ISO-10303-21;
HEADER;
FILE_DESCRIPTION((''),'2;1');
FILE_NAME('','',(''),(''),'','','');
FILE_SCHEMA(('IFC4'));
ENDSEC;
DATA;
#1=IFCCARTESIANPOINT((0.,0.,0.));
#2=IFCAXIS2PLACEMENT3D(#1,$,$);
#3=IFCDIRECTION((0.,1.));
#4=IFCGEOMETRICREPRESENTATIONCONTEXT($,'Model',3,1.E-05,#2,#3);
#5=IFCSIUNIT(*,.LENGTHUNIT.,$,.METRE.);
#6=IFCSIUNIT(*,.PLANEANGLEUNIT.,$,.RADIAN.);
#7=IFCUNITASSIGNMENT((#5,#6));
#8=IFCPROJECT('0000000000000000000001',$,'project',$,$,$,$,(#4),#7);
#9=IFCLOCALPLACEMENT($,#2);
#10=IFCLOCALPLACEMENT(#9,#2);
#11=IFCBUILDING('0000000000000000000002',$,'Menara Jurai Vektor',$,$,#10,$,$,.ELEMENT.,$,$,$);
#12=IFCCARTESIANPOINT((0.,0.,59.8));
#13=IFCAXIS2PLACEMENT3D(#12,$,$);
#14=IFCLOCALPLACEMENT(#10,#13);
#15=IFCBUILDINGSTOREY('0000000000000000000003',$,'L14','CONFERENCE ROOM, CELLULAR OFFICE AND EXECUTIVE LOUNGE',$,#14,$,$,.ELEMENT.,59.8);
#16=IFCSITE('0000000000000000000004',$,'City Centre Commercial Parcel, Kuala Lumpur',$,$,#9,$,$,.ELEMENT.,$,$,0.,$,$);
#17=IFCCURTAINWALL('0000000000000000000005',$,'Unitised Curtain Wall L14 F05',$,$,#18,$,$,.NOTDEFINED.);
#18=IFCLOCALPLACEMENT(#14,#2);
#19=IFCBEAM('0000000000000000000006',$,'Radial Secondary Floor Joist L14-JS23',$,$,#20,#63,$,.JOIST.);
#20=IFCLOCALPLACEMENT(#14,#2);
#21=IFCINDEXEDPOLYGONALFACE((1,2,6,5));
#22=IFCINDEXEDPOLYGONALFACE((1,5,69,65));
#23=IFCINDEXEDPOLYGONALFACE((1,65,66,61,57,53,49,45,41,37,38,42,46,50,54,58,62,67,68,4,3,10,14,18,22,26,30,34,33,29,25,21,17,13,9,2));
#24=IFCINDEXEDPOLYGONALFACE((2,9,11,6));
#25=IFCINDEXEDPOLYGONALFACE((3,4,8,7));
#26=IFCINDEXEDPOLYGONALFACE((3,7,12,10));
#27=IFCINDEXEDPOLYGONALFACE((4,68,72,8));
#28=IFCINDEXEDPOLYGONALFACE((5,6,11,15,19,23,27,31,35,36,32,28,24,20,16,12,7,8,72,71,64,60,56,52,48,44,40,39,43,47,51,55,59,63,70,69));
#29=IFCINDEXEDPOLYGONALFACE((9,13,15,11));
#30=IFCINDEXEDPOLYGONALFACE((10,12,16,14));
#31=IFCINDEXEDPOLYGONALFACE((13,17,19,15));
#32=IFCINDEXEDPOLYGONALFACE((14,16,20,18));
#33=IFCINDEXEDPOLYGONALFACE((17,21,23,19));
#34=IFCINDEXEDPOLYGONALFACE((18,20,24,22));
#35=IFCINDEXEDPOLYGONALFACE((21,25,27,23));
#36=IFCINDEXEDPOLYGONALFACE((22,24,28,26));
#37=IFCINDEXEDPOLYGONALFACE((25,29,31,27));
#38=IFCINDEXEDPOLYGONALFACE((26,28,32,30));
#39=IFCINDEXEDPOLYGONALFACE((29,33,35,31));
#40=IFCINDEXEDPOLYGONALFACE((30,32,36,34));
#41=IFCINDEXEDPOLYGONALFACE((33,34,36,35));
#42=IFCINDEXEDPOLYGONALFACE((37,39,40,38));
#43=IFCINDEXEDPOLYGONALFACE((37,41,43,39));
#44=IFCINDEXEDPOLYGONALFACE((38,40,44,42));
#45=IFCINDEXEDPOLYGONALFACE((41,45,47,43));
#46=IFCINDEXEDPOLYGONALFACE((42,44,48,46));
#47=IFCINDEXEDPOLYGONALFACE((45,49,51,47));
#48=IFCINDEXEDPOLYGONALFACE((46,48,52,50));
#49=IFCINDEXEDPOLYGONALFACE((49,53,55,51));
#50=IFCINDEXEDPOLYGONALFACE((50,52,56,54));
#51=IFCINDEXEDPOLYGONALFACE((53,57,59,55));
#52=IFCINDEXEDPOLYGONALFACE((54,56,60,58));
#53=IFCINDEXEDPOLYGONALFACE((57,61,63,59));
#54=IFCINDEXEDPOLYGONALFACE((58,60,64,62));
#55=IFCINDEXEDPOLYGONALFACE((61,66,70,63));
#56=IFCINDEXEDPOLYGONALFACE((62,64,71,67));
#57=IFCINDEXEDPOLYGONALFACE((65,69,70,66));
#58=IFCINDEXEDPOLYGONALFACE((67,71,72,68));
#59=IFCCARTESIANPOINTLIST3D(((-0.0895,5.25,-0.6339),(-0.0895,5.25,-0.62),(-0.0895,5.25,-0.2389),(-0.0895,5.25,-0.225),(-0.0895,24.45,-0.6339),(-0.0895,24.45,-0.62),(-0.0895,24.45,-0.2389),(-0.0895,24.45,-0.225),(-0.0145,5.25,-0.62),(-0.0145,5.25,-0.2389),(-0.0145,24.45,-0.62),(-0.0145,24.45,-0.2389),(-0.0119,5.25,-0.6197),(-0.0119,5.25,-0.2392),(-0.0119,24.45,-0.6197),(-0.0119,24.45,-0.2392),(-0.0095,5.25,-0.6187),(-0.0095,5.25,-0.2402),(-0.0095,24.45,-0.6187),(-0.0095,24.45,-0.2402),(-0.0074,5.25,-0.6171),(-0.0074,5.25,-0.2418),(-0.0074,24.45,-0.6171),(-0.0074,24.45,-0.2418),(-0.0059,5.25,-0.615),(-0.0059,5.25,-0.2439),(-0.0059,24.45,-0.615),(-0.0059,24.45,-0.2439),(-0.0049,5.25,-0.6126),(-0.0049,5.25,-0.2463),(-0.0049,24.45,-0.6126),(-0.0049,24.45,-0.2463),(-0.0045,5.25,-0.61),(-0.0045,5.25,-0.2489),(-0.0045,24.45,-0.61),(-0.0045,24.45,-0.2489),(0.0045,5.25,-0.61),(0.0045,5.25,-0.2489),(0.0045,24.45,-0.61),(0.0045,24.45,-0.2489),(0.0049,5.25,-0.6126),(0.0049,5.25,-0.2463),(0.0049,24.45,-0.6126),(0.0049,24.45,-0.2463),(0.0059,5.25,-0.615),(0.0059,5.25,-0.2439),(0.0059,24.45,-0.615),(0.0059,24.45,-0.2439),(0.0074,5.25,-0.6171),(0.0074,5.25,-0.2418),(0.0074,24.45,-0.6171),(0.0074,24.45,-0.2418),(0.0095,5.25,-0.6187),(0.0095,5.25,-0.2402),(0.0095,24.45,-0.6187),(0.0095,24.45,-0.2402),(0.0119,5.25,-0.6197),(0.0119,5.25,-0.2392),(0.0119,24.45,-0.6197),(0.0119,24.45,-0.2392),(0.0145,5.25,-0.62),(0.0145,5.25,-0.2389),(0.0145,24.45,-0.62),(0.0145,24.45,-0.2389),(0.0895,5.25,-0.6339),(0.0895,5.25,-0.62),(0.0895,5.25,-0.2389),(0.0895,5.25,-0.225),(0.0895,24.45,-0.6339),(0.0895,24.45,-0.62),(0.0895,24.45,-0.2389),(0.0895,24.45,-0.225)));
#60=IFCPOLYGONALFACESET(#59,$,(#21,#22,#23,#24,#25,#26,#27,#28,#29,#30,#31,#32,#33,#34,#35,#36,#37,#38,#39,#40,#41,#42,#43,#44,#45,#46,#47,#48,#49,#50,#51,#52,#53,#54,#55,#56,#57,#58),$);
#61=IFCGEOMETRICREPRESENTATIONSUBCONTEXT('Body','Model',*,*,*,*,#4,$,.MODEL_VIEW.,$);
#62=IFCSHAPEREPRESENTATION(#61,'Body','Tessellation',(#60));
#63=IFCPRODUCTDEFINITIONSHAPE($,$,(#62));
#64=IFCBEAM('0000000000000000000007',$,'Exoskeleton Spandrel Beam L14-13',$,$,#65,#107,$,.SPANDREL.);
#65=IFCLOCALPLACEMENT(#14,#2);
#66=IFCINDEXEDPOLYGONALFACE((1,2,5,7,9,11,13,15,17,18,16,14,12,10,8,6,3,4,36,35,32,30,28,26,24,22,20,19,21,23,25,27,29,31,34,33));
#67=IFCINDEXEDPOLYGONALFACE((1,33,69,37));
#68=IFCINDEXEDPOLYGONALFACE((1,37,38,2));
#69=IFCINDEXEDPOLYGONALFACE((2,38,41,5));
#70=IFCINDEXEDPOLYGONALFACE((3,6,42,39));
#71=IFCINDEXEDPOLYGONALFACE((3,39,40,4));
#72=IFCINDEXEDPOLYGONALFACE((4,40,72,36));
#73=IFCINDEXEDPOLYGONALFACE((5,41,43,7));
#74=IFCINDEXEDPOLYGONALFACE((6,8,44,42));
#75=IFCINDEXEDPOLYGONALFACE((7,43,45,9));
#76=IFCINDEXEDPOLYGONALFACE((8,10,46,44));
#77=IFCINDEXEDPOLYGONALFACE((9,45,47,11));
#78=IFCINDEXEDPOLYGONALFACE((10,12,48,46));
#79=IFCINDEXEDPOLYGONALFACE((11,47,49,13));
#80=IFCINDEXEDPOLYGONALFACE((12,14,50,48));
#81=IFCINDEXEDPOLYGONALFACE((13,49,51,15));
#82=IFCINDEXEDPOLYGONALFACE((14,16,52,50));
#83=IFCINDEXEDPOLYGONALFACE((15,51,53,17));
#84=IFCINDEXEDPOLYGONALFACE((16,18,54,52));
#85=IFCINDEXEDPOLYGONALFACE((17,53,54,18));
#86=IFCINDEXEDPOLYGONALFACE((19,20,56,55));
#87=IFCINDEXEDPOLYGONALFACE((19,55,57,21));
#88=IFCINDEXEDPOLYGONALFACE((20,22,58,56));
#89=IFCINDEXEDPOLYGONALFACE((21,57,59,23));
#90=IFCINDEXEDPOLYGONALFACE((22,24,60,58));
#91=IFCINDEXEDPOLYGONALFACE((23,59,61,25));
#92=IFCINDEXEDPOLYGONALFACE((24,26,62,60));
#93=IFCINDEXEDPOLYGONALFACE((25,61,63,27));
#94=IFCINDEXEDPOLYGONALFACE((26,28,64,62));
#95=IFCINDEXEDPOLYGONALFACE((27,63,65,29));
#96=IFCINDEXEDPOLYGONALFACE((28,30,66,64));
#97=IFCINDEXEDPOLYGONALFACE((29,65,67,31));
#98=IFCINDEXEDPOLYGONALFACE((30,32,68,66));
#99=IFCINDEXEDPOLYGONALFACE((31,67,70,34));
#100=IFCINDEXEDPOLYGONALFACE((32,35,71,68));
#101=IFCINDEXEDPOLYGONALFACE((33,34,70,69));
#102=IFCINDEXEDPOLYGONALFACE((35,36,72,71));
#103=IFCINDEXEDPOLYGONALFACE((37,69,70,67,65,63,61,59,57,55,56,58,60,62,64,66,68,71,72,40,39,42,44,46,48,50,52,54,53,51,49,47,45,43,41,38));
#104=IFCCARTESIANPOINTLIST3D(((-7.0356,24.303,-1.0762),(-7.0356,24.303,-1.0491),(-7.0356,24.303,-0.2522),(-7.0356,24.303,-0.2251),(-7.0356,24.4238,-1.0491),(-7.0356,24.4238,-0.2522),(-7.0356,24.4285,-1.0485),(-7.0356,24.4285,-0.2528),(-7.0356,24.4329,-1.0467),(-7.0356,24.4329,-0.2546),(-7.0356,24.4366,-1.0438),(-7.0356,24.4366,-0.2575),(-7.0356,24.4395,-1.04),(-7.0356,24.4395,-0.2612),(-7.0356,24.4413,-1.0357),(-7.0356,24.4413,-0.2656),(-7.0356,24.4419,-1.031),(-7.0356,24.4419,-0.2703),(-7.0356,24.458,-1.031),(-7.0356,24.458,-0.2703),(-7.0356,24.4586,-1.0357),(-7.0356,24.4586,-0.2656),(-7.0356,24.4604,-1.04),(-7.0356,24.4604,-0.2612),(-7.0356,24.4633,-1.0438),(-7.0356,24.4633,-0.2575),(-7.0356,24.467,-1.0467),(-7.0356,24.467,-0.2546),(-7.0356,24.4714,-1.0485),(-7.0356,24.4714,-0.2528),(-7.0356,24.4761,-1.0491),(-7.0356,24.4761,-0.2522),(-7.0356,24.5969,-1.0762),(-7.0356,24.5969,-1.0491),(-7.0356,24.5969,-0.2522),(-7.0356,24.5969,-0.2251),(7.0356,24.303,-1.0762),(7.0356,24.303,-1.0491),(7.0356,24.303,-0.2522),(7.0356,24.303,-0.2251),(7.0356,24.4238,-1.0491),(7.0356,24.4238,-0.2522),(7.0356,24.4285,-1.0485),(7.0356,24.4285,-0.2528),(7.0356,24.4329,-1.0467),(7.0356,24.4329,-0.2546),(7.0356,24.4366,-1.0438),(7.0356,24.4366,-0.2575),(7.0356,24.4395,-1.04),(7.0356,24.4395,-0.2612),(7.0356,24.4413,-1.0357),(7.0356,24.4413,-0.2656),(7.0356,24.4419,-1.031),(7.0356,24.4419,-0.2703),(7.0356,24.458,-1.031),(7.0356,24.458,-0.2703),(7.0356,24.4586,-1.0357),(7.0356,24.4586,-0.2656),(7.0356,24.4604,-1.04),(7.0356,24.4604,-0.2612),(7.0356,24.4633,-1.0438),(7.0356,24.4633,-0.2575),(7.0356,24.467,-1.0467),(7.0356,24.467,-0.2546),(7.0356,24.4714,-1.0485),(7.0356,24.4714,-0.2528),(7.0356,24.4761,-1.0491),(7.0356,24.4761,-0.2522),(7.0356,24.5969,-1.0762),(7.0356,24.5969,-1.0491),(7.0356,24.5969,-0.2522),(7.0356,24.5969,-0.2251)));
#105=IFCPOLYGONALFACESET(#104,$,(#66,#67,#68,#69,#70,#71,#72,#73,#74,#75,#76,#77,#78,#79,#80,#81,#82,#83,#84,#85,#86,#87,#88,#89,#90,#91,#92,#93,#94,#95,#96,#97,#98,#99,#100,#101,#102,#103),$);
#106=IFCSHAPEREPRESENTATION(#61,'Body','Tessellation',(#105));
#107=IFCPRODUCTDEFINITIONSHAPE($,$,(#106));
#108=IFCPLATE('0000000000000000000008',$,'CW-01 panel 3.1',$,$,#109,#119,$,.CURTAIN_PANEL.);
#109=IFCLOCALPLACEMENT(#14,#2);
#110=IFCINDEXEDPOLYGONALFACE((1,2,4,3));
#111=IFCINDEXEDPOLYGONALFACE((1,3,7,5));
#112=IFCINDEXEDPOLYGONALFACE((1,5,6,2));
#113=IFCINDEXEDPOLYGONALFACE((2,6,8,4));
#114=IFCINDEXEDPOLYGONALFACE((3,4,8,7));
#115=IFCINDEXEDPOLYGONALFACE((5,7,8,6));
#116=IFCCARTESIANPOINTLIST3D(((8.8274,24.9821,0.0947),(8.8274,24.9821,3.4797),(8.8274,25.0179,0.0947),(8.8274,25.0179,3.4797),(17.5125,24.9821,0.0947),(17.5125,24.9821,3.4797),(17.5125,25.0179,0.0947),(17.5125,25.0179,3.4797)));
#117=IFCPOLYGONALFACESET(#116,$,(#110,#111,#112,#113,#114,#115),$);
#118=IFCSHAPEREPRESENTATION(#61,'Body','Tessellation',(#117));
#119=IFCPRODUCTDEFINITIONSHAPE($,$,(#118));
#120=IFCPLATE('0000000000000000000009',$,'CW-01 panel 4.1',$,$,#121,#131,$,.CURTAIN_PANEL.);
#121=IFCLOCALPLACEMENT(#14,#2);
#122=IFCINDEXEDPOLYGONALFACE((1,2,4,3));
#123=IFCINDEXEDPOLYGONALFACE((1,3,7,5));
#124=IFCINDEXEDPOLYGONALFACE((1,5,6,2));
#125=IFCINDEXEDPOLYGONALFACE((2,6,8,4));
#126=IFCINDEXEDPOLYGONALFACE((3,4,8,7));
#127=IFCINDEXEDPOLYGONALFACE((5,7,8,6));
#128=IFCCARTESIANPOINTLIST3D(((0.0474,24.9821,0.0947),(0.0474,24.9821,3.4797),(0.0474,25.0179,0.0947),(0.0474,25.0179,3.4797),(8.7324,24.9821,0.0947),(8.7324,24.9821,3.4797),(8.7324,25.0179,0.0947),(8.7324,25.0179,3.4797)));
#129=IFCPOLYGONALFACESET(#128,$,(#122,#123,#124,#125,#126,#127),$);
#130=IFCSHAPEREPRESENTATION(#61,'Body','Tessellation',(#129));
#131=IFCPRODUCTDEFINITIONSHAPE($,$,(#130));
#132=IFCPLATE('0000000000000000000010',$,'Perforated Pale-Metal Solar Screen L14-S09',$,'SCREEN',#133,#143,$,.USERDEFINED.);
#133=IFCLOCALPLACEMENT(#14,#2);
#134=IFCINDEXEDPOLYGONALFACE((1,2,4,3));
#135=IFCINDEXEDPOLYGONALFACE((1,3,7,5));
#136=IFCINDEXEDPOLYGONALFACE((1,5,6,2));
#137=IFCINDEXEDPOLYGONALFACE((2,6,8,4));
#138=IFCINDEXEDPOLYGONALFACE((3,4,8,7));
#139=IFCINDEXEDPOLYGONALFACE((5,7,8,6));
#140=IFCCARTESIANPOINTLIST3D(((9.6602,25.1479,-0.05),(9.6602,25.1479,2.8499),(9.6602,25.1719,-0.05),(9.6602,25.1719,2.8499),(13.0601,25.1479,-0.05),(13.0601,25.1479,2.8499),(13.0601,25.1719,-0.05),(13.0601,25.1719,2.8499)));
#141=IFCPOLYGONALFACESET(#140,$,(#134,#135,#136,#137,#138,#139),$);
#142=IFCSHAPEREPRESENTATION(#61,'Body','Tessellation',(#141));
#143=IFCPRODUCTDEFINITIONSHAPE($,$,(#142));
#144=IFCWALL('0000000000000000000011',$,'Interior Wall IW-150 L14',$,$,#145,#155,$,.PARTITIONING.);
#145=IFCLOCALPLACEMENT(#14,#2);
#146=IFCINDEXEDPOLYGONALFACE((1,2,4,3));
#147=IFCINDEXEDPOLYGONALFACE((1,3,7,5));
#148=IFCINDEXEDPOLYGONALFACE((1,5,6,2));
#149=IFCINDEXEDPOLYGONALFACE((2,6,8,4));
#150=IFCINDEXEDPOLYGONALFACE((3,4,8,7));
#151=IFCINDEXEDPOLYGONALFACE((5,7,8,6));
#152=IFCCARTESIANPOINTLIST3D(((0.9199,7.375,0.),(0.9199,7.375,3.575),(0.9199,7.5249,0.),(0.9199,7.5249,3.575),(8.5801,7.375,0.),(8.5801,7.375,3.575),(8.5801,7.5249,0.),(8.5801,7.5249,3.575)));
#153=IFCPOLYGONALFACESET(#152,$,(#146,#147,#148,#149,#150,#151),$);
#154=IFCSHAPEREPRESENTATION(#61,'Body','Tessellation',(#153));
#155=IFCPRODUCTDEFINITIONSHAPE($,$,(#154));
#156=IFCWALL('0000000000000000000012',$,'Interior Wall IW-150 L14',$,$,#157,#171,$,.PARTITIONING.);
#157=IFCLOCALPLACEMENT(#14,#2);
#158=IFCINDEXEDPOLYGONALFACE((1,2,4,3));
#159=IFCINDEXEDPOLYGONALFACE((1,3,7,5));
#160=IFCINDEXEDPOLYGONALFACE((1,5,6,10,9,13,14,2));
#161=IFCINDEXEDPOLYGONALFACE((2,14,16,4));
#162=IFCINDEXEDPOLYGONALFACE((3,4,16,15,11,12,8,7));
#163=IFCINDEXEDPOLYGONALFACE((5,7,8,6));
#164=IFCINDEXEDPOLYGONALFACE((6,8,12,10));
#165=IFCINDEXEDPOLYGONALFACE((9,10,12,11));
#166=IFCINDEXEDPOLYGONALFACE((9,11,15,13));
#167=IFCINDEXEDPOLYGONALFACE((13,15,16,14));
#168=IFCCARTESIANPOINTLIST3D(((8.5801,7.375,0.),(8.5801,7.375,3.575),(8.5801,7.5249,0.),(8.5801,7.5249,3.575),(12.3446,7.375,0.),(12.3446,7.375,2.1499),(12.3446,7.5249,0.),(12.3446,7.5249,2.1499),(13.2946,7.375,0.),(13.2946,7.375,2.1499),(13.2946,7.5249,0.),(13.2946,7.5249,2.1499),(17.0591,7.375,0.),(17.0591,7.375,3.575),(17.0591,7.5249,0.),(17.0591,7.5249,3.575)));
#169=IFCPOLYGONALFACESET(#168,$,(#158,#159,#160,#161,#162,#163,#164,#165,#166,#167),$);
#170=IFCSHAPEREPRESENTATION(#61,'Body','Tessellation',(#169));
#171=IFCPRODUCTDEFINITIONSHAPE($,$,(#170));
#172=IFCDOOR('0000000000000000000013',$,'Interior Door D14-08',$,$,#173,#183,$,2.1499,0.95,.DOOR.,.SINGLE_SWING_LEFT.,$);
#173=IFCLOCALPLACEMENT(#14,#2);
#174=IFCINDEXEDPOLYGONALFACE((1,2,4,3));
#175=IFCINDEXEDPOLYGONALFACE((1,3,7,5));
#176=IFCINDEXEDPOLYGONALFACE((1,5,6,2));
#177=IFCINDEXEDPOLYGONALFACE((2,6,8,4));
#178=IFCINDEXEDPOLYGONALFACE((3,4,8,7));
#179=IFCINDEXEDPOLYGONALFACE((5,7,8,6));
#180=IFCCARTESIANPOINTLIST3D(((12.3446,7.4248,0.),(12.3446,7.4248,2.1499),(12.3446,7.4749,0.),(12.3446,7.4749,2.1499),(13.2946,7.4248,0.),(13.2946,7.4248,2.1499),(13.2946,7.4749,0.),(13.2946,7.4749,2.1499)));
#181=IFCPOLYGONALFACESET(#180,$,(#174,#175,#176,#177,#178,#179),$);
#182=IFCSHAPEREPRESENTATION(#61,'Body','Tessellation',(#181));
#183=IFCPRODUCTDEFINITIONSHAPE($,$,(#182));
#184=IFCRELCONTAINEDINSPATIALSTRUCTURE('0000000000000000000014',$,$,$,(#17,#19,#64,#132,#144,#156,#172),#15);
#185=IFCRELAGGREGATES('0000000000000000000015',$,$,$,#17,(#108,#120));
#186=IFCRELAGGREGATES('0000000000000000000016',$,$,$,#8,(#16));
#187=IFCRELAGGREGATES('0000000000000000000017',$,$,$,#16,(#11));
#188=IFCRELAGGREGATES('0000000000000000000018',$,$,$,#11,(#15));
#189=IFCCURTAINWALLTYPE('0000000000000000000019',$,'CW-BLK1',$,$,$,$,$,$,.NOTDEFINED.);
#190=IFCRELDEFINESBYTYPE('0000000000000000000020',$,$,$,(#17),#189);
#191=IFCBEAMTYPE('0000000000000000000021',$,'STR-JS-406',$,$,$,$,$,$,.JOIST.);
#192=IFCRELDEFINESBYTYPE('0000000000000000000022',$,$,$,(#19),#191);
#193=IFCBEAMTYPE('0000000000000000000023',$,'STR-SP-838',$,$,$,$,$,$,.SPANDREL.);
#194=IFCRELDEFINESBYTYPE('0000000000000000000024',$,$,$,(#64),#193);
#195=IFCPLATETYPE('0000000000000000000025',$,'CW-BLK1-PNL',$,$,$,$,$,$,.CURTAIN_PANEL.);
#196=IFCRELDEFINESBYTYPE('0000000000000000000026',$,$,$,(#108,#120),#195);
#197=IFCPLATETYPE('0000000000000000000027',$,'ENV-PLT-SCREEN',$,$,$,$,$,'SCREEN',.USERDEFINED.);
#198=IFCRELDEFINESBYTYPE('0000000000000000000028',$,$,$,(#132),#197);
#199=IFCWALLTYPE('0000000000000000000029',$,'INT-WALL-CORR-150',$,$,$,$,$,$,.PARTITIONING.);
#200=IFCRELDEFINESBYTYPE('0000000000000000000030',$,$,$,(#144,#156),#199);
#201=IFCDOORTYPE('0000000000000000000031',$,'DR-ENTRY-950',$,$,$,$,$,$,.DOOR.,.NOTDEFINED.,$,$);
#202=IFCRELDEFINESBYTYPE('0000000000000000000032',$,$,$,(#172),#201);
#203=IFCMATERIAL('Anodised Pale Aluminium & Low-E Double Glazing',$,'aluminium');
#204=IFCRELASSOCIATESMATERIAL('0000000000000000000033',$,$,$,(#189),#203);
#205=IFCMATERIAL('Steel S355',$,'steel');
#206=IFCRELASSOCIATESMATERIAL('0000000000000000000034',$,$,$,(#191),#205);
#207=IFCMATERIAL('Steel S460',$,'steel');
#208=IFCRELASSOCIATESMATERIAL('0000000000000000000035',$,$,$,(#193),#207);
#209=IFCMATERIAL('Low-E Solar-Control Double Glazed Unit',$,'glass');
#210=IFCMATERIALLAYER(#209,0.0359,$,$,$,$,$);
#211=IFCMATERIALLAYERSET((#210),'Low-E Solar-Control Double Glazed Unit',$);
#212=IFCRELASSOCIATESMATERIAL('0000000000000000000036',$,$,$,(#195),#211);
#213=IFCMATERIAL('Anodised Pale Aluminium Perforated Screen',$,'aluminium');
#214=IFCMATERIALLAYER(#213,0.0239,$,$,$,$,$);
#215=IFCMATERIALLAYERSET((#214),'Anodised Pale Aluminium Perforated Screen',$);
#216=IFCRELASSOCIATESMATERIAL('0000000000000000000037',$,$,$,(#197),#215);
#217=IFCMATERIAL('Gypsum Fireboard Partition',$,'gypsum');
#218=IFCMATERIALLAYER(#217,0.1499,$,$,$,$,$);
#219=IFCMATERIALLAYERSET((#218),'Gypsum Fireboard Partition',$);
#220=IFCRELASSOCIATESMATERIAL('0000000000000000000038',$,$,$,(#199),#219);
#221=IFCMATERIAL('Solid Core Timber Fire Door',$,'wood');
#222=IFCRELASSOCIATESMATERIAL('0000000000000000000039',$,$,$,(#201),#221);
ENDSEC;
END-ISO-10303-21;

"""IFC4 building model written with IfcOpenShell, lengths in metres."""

from ifc_helpers import new_model, si_unit, direction, frame, frame_2d, origin, origin_2d, place, context, subcontext, project, spatial, rectangle, i_section, extrude, material, layer, layer_set, material_profile, profile_set, type_object, element, fill, aggregate, save


model = new_model("IFC4")

# Units and contexts
model_context = context("Model", 3, precision=1e-05, world=origin(), true_north=direction((0.0, 1.0)))
body_context = subcontext(model_context, "Body", "Model", "MODEL_VIEW")
ifc_project = project(units=[si_unit("LENGTHUNIT", "METRE"), si_unit("PLANEANGLEUNIT", "RADIAN")], contexts=[model_context])

# Site, building, storey
site_placement = place(None, origin())
site = spatial("IfcSite", under=ifc_project, at=site_placement, Name="City Centre Commercial Parcel, Kuala Lumpur", CompositionType="ELEMENT", RefElevation=0.0)
building_placement = place(site_placement, origin())
building = spatial("IfcBuilding", under=site, at=building_placement, Name="Menara Jurai Vektor", CompositionType="ELEMENT")
storey_placement = place(building_placement, frame((0.0, 0.0, 59.8)))
storey = spatial("IfcBuildingStorey", under=building, at=storey_placement, Name="L14", Description="CONFERENCE ROOM, CELLULAR OFFICE AND EXECUTIVE LOUNGE", CompositionType="ELEMENT", Elevation=59.8)

# Shared definitions
ifc_material_1 = material(Name="Steel S460", Category="steel")

# Curtain wall
ifc_material_2 = material(Name="Anodised Pale Aluminium & Low-E Double Glazing", Category="aluminium")
curtain_wall_type = type_object("IfcCurtainWallType", Name="CW-BLK1", PredefinedType="NOTDEFINED", material=ifc_material_2)
curtain_wall_placement = place(storey_placement, origin())
curtain_wall = element("IfcCurtainWall", 1, at=curtain_wall_placement, inside=storey, type_object=curtain_wall_type, Name="Unitised Curtain Wall L14 F05", PredefinedType="NOTDEFINED")

# Beams
ifc_material_3 = material(Name="Steel S355", Category="steel")
ifc_material_profile_1 = material_profile(ifc_material_3, i_section(OverallWidth=0.179, OverallDepth=0.4089, WebThickness=0.009, FlangeThickness=0.0139, FilletRadius=0.01, at=origin_2d()), Name="UKB 406x178x67")
ifc_profile_set_1 = profile_set([ifc_material_profile_1], Name="Steel S355")
beam_type_1 = type_object("IfcBeamType", Name="STR-JS-406", PredefinedType="JOIST", material=ifc_profile_set_1)
beam_1_placement = place(storey_placement, frame((0.0, 24.45, -0.4294), z_axis=(0.0, -1.0, 0.0), x_axis=(1.0, 0.0, 0.0)))
element("IfcBeam", 2, at=beam_1_placement, inside=storey, type_object=beam_type_1, Name="Radial Secondary Floor Joist L14-JS23", PredefinedType="JOIST", context=body_context, shape_type="SweptSolid", body=[
    extrude(i_section(OverallWidth=0.179, OverallDepth=0.4089, WebThickness=0.009, FlangeThickness=0.0139, FilletRadius=0.01, at=origin_2d()), origin(), (0.0, 0.0, 1.0), 19.2),
])
ifc_material_profile_2 = material_profile(ifc_material_1, i_section(OverallWidth=0.2939, OverallDepth=0.8511, WebThickness=0.0161, FlangeThickness=0.0271, FilletRadius=0.0181, at=origin_2d()), Name="UKB 838x292x226")
ifc_profile_set_2 = profile_set([ifc_material_profile_2], Name="Steel S460")
beam_type_2 = type_object("IfcBeamType", Name="STR-SP-838", PredefinedType="SPANDREL", material=ifc_profile_set_2)
beam_2_placement = place(storey_placement, frame((7.0356, 24.45, -0.6506), z_axis=(-1.0, 0.0, 0.0), x_axis=(0.0, -1.0, 0.0)))
element("IfcBeam", 3, at=beam_2_placement, inside=storey, type_object=beam_type_2, Name="Exoskeleton Spandrel Beam L14-13", PredefinedType="SPANDREL", context=body_context, shape_type="SweptSolid", body=[
    extrude(i_section(OverallWidth=0.2939, OverallDepth=0.8511, WebThickness=0.0161, FlangeThickness=0.0271, FilletRadius=0.0181, at=origin_2d()), origin(), (0.0, 0.0, 1.0), 14.0713),
])

# Plates
ifc_material_4 = material(Name="Low-E Solar-Control Double Glazed Unit", Category="glass")
ifc_layer_1 = layer(ifc_material_4, 0.0359)
ifc_layer_set_1 = layer_set([ifc_layer_1], Name="Low-E Solar-Control Double Glazed Unit")
plate_type_1 = type_object("IfcPlateType", Name="CW-BLK1-PNL", PredefinedType="CURTAIN_PANEL", material=ifc_layer_set_1)
plate_1_placement = place(storey_placement, frame((13.1699, 25.0, 0.0947), z_axis=(0.0, 0.0, 1.0), x_axis=(-1.0, 0.0, 0.0)))
plate_1 = element("IfcPlate", 4, at=plate_1_placement, type_object=plate_type_1, Name="CW-01 panel 3.1", PredefinedType="CURTAIN_PANEL", context=body_context, shape_type="SweptSolid", body=[
    extrude(rectangle(XDim=8.6851, YDim=0.0359, at=origin_2d()), origin(), (0.0, 0.0, 1.0), 3.385),
])
plate_2_placement = place(storey_placement, frame((4.3899, 25.0, 0.0947), z_axis=(0.0, 0.0, 1.0), x_axis=(-1.0, 0.0, 0.0)))
plate_2 = element("IfcPlate", 5, at=plate_2_placement, type_object=plate_type_1, Name="CW-01 panel 4.1", PredefinedType="CURTAIN_PANEL", context=body_context, shape_type="SweptSolid", body=[
    extrude(rectangle(XDim=8.6851, YDim=0.0359, at=origin_2d()), origin(), (0.0, 0.0, 1.0), 3.385),
])
aggregate(curtain_wall, [plate_1, plate_2])
ifc_material_5 = material(Name="Anodised Pale Aluminium Perforated Screen", Category="aluminium")
ifc_layer_2 = layer(ifc_material_5, 0.0239)
ifc_layer_set_2 = layer_set([ifc_layer_2], Name="Anodised Pale Aluminium Perforated Screen")
plate_type_2 = type_object("IfcPlateType", Name="ENV-PLT-SCREEN", ElementType="SCREEN", PredefinedType="USERDEFINED", material=ifc_layer_set_2)
plate_3_placement = place(storey_placement, frame((11.3601, 25.1599, -0.05), z_axis=(0.0, 0.0, 1.0), x_axis=(-1.0, 0.0, 0.0)))
element("IfcPlate", 6, at=plate_3_placement, inside=storey, type_object=plate_type_2, Name="Perforated Pale-Metal Solar Screen L14-S09", ObjectType="SCREEN", PredefinedType="USERDEFINED", context=body_context, shape_type="SweptSolid", body=[
    extrude(rectangle(XDim=3.3999, YDim=0.0239, at=origin_2d()), origin(), (0.0, 0.0, 1.0), 2.8999),
])

# Wall
ifc_material_6 = material(Name="Gypsum Fireboard Partition", Category="gypsum")
ifc_layer_3 = layer(ifc_material_6, 0.1499)
ifc_layer_set_3 = layer_set([ifc_layer_3], Name="Gypsum Fireboard Partition")
wall_type_1 = type_object("IfcWallType", Name="INT-WALL-CORR-150", PredefinedType="PARTITIONING", material=ifc_layer_set_3)
wall_1_placement = place(storey_placement, frame((0.9199, 7.45, 0.0), z_axis=(0.0, 0.0, 1.0), x_axis=(1.0, 0.0, 0.0)))
element("IfcWall", 7, at=wall_1_placement, inside=storey, type_object=wall_type_1, Name="Interior Wall IW-150 L14", PredefinedType="PARTITIONING", context=body_context, shape_type="SweptSolid", body=[
    extrude(rectangle(XDim=7.6602, YDim=0.1499, at=frame_2d((3.8301, 0.0))), origin(), (0.0, 0.0, 1.0), 3.575),
])

# Wall, opening, door
wall_2_placement = place(storey_placement, frame((8.5801, 7.45, 0.0), z_axis=(0.0, 0.0, 1.0), x_axis=(1.0, 0.0, 0.0)))
wall_2 = element("IfcWall", 8, at=wall_2_placement, inside=storey, type_object=wall_type_1, Name="Interior Wall IW-150 L14", PredefinedType="PARTITIONING", context=body_context, shape_type="SweptSolid", body=[
    extrude(rectangle(XDim=8.479, YDim=0.1499, at=frame_2d((4.2395, 0.0))), origin(), (0.0, 0.0, 1.0), 3.575),
])
opening_1_placement = place(wall_2_placement, frame((3.7644, 0.0, 0.0)))
opening_1 = element("IfcOpeningElement", 9, at=opening_1_placement, cuts=wall_2, PredefinedType="OPENING", context=body_context, shape_type="SweptSolid", body=[
    extrude(rectangle(XDim=0.95, YDim=2.1499, at=frame_2d((0.4751, 1.075))), frame((0.0, 0.085, 0.0), z_axis=(0.0, -1.0, 0.0), x_axis=(1.0, 0.0, 0.0)), (0.0, 0.0, 1.0), 0.1699),
])
ifc_material_7 = material(Name="Solid Core Timber Fire Door", Category="wood")
door_type = type_object("IfcDoorType", Name="DR-ENTRY-950", OperationType="NOTDEFINED", PredefinedType="DOOR", material=ifc_material_7)
door_1_placement = place(opening_1_placement, origin())
door_1 = element("IfcDoor", 10, at=door_1_placement, inside=storey, type_object=door_type, Name="Interior Door D14-08", OperationType="SINGLE_SWING_LEFT", OverallHeight=2.1499, OverallWidth=0.95, PredefinedType="DOOR", context=body_context, shape_type="SweptSolid", body=[
    extrude(rectangle(XDim=0.95, YDim=2.1499, at=frame_2d((0.4751, 1.075))), frame((0.0, 0.0249, 0.0), z_axis=(0.0, -1.0, 0.0), x_axis=(1.0, 0.0, 0.0)), (0.0, 0.0, 1.0), 0.05),
])
fill(opening_1, door_1)

save(model, "model.ifc")
